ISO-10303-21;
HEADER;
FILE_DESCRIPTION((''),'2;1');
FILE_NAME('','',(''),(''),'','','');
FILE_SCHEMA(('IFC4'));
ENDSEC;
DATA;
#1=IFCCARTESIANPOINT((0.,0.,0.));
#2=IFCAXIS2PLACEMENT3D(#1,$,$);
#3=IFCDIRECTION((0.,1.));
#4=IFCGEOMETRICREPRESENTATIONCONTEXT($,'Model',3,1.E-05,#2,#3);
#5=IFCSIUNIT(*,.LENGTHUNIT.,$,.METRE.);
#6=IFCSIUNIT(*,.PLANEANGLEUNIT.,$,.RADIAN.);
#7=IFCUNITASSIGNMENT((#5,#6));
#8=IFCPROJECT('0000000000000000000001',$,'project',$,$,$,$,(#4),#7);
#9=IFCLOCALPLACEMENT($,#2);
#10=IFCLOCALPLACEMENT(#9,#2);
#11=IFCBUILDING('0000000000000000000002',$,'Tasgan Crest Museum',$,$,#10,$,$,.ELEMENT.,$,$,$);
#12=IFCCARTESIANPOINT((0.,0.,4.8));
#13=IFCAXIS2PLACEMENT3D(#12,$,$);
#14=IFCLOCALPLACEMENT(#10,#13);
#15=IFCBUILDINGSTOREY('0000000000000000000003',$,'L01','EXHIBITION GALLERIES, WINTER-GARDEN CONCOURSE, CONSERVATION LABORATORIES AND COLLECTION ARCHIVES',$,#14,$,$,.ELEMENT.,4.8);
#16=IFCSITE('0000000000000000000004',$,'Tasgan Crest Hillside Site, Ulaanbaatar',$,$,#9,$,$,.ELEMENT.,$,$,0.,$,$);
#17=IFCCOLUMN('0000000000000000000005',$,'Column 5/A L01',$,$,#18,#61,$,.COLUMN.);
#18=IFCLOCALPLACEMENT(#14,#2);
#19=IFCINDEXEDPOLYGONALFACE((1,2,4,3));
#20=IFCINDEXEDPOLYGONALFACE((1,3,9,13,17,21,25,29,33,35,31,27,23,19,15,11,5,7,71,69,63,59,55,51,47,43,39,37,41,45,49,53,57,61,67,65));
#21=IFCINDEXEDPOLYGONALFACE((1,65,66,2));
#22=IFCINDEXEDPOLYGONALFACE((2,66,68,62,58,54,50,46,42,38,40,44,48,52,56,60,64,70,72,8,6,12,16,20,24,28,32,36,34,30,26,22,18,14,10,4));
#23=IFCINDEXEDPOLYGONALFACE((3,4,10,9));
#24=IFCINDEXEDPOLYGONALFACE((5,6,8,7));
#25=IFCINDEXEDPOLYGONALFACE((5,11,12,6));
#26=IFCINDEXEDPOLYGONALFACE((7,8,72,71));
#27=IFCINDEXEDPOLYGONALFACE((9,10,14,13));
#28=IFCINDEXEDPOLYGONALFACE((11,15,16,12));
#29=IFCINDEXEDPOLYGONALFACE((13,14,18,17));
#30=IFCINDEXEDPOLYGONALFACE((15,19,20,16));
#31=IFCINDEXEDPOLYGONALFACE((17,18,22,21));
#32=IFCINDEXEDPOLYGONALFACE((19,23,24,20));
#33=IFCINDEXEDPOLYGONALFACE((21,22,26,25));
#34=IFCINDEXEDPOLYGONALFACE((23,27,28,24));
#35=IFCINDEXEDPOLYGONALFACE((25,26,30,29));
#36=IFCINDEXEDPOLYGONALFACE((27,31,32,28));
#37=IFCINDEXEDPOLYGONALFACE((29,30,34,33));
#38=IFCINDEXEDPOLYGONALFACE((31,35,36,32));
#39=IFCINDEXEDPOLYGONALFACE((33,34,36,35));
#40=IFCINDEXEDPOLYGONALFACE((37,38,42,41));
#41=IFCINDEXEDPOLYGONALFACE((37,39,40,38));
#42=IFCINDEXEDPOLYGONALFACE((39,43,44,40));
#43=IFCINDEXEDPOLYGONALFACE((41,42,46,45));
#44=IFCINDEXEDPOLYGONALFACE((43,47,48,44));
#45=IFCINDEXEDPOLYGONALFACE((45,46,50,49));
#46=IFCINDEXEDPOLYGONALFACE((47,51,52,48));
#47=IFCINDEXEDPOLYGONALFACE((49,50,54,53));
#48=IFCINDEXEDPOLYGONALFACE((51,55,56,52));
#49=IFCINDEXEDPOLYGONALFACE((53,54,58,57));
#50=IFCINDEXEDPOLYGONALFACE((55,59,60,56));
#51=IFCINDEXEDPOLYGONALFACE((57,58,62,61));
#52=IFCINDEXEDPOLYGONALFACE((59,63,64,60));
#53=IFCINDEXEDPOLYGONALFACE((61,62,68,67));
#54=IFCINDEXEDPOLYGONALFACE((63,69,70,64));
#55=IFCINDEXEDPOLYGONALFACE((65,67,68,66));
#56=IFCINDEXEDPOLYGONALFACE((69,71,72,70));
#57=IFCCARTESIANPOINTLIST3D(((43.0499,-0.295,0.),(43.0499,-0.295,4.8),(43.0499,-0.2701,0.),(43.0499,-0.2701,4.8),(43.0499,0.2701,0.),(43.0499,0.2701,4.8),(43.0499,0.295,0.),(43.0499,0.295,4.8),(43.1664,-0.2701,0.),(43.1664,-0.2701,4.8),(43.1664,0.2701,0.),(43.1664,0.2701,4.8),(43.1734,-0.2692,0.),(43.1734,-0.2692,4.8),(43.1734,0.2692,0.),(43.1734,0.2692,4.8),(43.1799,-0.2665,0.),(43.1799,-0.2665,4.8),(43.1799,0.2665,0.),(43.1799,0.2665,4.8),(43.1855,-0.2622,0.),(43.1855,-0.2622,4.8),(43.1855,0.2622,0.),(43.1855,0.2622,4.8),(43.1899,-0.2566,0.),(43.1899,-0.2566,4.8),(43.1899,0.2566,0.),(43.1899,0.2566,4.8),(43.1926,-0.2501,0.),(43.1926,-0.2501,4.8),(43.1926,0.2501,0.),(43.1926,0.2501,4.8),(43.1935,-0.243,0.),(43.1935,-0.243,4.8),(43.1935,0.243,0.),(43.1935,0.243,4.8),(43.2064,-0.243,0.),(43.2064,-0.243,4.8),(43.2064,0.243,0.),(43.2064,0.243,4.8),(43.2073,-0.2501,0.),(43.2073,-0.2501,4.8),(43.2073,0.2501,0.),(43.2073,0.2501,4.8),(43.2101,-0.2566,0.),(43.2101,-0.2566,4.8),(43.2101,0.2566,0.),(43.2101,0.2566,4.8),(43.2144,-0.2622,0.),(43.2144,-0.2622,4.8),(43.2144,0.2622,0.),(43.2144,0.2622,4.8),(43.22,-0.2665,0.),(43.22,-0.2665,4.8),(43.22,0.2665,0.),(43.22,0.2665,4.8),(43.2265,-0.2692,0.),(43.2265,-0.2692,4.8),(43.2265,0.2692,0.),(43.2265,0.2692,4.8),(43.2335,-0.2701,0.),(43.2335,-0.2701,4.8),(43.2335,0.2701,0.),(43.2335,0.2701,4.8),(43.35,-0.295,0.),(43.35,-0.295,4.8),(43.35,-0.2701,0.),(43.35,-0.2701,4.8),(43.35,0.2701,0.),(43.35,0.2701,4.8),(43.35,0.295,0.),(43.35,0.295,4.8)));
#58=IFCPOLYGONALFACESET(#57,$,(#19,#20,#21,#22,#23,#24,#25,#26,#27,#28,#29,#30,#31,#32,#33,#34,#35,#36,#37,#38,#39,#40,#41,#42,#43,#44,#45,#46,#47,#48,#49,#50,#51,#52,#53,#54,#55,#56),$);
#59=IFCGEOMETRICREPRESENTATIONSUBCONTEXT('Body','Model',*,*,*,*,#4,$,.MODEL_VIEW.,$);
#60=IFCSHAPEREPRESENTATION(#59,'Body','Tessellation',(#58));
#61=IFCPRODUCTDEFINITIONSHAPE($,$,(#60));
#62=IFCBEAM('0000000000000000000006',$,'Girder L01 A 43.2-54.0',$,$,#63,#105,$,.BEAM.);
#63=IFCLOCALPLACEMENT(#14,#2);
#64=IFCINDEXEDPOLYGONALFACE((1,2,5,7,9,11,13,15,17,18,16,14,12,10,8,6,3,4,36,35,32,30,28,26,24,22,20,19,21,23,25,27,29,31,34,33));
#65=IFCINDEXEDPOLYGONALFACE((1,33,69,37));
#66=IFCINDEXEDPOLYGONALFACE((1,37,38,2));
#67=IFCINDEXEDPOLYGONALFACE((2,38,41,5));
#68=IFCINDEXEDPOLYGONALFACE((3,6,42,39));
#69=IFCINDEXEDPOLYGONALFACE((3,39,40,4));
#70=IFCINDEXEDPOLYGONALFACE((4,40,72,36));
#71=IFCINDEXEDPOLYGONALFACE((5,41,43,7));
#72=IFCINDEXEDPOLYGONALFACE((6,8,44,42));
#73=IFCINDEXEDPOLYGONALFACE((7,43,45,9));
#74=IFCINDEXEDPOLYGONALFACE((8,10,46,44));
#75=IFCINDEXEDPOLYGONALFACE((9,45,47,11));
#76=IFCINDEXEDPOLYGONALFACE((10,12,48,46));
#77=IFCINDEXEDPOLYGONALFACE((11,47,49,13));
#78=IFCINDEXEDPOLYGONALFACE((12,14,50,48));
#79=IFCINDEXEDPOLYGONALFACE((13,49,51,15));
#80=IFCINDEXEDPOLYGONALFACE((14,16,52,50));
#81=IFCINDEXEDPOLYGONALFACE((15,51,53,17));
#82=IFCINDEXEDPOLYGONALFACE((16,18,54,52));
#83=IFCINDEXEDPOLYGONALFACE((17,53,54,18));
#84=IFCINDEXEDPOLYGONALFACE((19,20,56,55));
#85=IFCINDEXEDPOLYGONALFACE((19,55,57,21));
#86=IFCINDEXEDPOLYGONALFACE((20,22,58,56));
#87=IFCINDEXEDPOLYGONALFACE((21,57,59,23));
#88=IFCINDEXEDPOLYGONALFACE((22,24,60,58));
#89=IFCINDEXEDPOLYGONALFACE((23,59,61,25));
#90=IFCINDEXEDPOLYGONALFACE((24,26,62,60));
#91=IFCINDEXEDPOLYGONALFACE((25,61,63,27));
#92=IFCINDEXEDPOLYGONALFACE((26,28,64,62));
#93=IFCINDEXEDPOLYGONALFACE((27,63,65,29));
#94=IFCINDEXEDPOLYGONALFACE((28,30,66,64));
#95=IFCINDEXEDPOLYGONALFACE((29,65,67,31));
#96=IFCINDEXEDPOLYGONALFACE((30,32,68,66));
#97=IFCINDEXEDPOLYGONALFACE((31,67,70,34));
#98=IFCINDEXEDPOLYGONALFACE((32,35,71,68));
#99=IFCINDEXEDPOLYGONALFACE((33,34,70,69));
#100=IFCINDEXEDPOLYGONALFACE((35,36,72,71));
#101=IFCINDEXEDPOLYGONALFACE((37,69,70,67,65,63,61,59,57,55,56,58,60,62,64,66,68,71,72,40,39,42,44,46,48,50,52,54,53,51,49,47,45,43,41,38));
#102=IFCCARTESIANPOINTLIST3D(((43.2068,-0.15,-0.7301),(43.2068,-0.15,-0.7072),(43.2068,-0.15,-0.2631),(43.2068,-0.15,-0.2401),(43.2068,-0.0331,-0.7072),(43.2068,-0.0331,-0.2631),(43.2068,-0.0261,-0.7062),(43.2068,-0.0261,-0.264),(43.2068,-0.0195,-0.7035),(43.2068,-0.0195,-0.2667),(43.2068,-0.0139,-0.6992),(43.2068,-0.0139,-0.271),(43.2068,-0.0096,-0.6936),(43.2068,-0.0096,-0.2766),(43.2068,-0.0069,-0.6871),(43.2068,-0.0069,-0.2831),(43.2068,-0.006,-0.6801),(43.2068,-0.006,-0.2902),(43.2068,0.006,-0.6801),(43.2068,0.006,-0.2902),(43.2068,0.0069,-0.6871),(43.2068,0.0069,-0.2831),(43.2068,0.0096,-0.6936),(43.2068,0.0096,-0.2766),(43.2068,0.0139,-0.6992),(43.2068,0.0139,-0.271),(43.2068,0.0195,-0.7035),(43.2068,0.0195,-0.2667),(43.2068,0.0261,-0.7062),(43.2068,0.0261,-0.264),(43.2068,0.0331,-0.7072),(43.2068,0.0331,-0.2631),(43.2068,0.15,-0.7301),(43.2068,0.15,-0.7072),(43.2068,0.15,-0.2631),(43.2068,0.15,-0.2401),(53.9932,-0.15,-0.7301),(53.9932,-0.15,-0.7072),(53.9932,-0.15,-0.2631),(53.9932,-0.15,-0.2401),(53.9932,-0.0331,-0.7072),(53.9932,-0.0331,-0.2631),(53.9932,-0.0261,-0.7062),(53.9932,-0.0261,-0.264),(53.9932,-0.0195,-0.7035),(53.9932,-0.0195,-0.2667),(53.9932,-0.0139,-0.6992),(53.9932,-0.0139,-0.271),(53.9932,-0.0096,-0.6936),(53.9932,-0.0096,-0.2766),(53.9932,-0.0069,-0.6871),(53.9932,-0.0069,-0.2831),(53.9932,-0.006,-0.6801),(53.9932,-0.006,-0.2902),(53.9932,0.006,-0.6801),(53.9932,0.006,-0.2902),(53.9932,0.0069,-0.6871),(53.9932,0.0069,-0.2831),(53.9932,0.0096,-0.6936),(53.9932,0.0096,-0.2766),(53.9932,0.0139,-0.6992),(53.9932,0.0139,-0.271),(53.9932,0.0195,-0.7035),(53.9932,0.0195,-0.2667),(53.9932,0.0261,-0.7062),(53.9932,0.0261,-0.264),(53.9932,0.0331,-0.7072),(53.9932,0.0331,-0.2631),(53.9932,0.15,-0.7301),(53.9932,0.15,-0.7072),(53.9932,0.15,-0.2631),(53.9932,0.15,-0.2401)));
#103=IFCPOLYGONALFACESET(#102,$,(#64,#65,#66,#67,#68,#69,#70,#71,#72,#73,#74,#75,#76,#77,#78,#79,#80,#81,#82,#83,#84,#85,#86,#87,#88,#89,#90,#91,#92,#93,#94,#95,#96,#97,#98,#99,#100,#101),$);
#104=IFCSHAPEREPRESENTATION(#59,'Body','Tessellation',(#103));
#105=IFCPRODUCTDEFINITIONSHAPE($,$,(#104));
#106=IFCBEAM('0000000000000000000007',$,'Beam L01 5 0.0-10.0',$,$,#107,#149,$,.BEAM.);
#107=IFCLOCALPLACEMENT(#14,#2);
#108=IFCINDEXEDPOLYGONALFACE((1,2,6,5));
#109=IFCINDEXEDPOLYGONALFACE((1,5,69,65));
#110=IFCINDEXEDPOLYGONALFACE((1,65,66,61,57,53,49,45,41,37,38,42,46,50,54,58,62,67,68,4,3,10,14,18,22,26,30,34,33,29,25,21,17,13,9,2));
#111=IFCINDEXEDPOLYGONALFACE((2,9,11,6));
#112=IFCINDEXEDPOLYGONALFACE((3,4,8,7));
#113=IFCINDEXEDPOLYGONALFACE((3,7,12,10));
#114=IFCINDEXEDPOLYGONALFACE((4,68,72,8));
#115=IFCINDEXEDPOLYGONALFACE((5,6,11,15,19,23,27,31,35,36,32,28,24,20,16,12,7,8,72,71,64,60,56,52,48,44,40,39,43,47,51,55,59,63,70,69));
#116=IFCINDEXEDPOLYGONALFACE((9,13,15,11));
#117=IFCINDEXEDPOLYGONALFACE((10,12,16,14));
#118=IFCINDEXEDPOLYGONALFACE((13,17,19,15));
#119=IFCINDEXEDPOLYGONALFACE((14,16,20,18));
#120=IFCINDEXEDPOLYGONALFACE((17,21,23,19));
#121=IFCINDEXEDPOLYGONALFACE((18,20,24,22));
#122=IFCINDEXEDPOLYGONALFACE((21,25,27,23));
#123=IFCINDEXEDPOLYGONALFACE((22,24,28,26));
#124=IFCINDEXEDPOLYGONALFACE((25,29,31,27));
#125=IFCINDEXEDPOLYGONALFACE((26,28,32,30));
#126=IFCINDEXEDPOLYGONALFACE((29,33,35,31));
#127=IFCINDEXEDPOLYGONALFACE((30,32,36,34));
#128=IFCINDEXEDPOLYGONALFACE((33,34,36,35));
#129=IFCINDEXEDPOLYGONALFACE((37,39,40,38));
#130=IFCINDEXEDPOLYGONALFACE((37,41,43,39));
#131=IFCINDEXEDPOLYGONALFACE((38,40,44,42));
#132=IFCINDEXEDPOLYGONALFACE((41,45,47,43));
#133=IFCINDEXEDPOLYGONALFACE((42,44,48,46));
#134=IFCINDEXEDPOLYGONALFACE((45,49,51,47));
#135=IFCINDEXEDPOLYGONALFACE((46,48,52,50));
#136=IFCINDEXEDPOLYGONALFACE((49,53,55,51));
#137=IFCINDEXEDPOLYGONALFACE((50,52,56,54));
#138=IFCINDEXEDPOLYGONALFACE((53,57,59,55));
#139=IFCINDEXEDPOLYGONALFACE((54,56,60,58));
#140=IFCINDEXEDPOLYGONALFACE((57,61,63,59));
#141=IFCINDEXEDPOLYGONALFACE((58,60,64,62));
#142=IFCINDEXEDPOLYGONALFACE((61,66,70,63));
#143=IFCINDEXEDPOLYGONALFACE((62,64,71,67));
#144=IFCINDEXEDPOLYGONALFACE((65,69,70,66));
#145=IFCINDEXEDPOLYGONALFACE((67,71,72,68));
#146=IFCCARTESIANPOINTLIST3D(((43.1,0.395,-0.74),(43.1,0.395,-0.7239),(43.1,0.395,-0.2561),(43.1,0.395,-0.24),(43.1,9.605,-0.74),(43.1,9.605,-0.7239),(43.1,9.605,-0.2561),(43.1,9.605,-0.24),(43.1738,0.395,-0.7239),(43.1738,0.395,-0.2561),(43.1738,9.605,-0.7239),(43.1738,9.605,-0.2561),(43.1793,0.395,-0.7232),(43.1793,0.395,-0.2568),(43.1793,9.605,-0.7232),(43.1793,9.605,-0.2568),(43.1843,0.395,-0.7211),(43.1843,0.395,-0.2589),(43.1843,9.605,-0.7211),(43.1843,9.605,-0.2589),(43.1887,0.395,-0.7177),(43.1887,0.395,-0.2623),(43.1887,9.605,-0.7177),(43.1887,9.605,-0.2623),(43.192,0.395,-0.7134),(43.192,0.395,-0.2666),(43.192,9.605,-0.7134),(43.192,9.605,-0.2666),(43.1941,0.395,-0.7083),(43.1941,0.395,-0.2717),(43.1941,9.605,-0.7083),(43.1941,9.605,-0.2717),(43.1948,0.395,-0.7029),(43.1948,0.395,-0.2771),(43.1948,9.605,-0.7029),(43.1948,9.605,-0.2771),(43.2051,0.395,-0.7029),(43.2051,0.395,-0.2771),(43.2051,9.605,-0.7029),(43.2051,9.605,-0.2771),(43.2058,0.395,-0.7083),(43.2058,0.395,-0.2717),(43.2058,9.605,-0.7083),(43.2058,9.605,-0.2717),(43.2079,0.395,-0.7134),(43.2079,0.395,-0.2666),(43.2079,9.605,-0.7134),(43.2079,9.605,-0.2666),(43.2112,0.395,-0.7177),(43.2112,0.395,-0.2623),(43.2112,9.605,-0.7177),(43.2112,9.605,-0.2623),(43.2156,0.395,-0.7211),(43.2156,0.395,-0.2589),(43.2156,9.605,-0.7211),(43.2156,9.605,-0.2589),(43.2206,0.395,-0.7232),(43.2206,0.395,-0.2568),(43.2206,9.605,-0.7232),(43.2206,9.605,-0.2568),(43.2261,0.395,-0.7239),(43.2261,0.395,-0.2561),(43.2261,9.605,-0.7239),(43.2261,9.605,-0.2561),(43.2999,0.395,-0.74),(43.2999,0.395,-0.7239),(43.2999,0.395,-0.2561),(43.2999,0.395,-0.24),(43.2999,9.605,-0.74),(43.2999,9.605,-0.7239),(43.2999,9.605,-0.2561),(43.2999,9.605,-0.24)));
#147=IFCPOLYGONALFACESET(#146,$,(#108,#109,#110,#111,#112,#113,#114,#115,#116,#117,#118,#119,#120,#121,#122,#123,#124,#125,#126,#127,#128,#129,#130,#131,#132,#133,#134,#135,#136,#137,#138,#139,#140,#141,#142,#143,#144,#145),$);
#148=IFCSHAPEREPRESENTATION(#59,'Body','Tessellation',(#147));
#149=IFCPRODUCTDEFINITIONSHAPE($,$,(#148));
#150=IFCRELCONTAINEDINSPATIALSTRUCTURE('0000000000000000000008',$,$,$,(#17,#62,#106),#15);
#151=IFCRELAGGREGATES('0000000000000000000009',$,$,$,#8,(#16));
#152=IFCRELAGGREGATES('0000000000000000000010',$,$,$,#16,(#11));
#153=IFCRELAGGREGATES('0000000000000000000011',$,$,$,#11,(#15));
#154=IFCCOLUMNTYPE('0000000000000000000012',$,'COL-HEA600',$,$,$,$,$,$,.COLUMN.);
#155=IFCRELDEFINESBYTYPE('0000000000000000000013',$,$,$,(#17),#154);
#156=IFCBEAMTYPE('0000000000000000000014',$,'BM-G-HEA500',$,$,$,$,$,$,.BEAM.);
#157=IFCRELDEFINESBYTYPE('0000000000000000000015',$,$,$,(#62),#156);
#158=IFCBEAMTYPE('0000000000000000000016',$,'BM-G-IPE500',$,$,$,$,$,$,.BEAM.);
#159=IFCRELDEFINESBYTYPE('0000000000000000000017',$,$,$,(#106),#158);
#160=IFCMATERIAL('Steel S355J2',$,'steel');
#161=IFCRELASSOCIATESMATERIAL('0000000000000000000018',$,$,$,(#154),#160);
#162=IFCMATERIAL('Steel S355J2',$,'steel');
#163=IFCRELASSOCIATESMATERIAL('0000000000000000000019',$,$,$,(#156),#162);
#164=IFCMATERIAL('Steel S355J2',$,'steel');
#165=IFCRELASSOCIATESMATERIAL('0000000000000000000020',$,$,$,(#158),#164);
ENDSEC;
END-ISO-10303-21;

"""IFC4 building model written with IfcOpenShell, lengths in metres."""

from ifc_helpers import new_model, si_unit, direction, frame, origin, origin_2d, place, context, subcontext, project, spatial, i_section, extrude, material, material_profile, profile_set, type_object, element, save


model = new_model("IFC4")

# Units and contexts
model_context = context("Model", 3, precision=1e-05, world=origin(), true_north=direction((0.0, 1.0)))
body_context = subcontext(model_context, "Body", "Model", "MODEL_VIEW")
ifc_project = project(units=[si_unit("LENGTHUNIT", "METRE"), si_unit("PLANEANGLEUNIT", "RADIAN")], contexts=[model_context])

# Site, building, storey
site_placement = place(None, origin())
site = spatial("IfcSite", under=ifc_project, at=site_placement, Name="Tasgan Crest Hillside Site, Ulaanbaatar", CompositionType="ELEMENT", RefElevation=0.0)
building_placement = place(site_placement, origin())
building = spatial("IfcBuilding", under=site, at=building_placement, Name="Tasgan Crest Museum", CompositionType="ELEMENT")
storey_placement = place(building_placement, frame((0.0, 0.0, 4.8)))
storey = spatial("IfcBuildingStorey", under=building, at=storey_placement, Name="L01", Description="EXHIBITION GALLERIES, WINTER-GARDEN CONCOURSE, CONSERVATION LABORATORIES AND COLLECTION ARCHIVES", CompositionType="ELEMENT", Elevation=4.8)

# Column
ifc_material_1 = material(Name="Steel S355J2", Category="steel")
ifc_material_profile_1 = material_profile(ifc_material_1, i_section(OverallWidth=0.3, OverallDepth=0.5901, WebThickness=0.0129, FlangeThickness=0.0249, FilletRadius=0.0271, at=origin_2d()), Name="HEA 600")
ifc_profile_set_1 = profile_set([ifc_material_profile_1], Name="Steel S355J2")
column_type = type_object("IfcColumnType", Name="COL-HEA600", PredefinedType="COLUMN", material=ifc_profile_set_1)
column_placement = place(storey_placement, frame((43.2, 0.0, 0.0), z_axis=(0.0, 0.0, 1.0), x_axis=(1.0, 0.0, 0.0)))
element("IfcColumn", 1, at=column_placement, inside=storey, type_object=column_type, Name="Column 5/A L01", PredefinedType="COLUMN", context=body_context, shape_type="SweptSolid", body=[
    extrude(i_section(OverallWidth=0.3, OverallDepth=0.5901, WebThickness=0.0129, FlangeThickness=0.0249, FilletRadius=0.0271, at=origin_2d()), origin(), (0.0, 0.0, 1.0), 4.8),
])

# Beams
ifc_material_2 = material(Name="Steel S355J2", Category="steel")
ifc_material_profile_2 = material_profile(ifc_material_2, i_section(OverallWidth=0.3, OverallDepth=0.49, WebThickness=0.012, FlangeThickness=0.0229, FilletRadius=0.0271, at=origin_2d()), Name="HEA 500")
ifc_profile_set_2 = profile_set([ifc_material_profile_2], Name="Steel S355J2")
beam_type_1 = type_object("IfcBeamType", Name="BM-G-HEA500", PredefinedType="BEAM", material=ifc_profile_set_2)
beam_1_placement = place(storey_placement, frame((43.2068, 0.0, -0.4851), z_axis=(1.0, 0.0, 0.0), x_axis=(0.0, 1.0, 0.0)))
element("IfcBeam", 2, at=beam_1_placement, inside=storey, type_object=beam_type_1, Name="Girder L01 A 43.2-54.0", PredefinedType="BEAM", context=body_context, shape_type="SweptSolid", body=[
    extrude(i_section(OverallWidth=0.3, OverallDepth=0.49, WebThickness=0.012, FlangeThickness=0.0229, FilletRadius=0.0271, at=origin_2d()), origin(), (0.0, 0.0, 1.0), 10.7864),
])
ifc_material_3 = material(Name="Steel S355J2", Category="steel")
ifc_material_profile_3 = material_profile(ifc_material_3, i_section(OverallWidth=0.2, OverallDepth=0.5, WebThickness=0.0103, FlangeThickness=0.0161, FilletRadius=0.021, at=origin_2d()), Name="IPE 500")
ifc_profile_set_3 = profile_set([ifc_material_profile_3], Name="Steel S355J2")
beam_type_2 = type_object("IfcBeamType", Name="BM-G-IPE500", PredefinedType="BEAM", material=ifc_profile_set_3)
beam_2_placement = place(storey_placement, frame((43.2, 0.395, -0.49), z_axis=(0.0, 1.0, 0.0), x_axis=(-1.0, 0.0, 0.0)))
element("IfcBeam", 3, at=beam_2_placement, inside=storey, type_object=beam_type_2, Name="Beam L01 5 0.0-10.0", PredefinedType="BEAM", context=body_context, shape_type="SweptSolid", body=[
    extrude(i_section(OverallWidth=0.2, OverallDepth=0.5, WebThickness=0.0103, FlangeThickness=0.0161, FilletRadius=0.021, at=origin_2d()), origin(), (0.0, 0.0, 1.0), 9.21),
])

save(model, "model.ifc")
